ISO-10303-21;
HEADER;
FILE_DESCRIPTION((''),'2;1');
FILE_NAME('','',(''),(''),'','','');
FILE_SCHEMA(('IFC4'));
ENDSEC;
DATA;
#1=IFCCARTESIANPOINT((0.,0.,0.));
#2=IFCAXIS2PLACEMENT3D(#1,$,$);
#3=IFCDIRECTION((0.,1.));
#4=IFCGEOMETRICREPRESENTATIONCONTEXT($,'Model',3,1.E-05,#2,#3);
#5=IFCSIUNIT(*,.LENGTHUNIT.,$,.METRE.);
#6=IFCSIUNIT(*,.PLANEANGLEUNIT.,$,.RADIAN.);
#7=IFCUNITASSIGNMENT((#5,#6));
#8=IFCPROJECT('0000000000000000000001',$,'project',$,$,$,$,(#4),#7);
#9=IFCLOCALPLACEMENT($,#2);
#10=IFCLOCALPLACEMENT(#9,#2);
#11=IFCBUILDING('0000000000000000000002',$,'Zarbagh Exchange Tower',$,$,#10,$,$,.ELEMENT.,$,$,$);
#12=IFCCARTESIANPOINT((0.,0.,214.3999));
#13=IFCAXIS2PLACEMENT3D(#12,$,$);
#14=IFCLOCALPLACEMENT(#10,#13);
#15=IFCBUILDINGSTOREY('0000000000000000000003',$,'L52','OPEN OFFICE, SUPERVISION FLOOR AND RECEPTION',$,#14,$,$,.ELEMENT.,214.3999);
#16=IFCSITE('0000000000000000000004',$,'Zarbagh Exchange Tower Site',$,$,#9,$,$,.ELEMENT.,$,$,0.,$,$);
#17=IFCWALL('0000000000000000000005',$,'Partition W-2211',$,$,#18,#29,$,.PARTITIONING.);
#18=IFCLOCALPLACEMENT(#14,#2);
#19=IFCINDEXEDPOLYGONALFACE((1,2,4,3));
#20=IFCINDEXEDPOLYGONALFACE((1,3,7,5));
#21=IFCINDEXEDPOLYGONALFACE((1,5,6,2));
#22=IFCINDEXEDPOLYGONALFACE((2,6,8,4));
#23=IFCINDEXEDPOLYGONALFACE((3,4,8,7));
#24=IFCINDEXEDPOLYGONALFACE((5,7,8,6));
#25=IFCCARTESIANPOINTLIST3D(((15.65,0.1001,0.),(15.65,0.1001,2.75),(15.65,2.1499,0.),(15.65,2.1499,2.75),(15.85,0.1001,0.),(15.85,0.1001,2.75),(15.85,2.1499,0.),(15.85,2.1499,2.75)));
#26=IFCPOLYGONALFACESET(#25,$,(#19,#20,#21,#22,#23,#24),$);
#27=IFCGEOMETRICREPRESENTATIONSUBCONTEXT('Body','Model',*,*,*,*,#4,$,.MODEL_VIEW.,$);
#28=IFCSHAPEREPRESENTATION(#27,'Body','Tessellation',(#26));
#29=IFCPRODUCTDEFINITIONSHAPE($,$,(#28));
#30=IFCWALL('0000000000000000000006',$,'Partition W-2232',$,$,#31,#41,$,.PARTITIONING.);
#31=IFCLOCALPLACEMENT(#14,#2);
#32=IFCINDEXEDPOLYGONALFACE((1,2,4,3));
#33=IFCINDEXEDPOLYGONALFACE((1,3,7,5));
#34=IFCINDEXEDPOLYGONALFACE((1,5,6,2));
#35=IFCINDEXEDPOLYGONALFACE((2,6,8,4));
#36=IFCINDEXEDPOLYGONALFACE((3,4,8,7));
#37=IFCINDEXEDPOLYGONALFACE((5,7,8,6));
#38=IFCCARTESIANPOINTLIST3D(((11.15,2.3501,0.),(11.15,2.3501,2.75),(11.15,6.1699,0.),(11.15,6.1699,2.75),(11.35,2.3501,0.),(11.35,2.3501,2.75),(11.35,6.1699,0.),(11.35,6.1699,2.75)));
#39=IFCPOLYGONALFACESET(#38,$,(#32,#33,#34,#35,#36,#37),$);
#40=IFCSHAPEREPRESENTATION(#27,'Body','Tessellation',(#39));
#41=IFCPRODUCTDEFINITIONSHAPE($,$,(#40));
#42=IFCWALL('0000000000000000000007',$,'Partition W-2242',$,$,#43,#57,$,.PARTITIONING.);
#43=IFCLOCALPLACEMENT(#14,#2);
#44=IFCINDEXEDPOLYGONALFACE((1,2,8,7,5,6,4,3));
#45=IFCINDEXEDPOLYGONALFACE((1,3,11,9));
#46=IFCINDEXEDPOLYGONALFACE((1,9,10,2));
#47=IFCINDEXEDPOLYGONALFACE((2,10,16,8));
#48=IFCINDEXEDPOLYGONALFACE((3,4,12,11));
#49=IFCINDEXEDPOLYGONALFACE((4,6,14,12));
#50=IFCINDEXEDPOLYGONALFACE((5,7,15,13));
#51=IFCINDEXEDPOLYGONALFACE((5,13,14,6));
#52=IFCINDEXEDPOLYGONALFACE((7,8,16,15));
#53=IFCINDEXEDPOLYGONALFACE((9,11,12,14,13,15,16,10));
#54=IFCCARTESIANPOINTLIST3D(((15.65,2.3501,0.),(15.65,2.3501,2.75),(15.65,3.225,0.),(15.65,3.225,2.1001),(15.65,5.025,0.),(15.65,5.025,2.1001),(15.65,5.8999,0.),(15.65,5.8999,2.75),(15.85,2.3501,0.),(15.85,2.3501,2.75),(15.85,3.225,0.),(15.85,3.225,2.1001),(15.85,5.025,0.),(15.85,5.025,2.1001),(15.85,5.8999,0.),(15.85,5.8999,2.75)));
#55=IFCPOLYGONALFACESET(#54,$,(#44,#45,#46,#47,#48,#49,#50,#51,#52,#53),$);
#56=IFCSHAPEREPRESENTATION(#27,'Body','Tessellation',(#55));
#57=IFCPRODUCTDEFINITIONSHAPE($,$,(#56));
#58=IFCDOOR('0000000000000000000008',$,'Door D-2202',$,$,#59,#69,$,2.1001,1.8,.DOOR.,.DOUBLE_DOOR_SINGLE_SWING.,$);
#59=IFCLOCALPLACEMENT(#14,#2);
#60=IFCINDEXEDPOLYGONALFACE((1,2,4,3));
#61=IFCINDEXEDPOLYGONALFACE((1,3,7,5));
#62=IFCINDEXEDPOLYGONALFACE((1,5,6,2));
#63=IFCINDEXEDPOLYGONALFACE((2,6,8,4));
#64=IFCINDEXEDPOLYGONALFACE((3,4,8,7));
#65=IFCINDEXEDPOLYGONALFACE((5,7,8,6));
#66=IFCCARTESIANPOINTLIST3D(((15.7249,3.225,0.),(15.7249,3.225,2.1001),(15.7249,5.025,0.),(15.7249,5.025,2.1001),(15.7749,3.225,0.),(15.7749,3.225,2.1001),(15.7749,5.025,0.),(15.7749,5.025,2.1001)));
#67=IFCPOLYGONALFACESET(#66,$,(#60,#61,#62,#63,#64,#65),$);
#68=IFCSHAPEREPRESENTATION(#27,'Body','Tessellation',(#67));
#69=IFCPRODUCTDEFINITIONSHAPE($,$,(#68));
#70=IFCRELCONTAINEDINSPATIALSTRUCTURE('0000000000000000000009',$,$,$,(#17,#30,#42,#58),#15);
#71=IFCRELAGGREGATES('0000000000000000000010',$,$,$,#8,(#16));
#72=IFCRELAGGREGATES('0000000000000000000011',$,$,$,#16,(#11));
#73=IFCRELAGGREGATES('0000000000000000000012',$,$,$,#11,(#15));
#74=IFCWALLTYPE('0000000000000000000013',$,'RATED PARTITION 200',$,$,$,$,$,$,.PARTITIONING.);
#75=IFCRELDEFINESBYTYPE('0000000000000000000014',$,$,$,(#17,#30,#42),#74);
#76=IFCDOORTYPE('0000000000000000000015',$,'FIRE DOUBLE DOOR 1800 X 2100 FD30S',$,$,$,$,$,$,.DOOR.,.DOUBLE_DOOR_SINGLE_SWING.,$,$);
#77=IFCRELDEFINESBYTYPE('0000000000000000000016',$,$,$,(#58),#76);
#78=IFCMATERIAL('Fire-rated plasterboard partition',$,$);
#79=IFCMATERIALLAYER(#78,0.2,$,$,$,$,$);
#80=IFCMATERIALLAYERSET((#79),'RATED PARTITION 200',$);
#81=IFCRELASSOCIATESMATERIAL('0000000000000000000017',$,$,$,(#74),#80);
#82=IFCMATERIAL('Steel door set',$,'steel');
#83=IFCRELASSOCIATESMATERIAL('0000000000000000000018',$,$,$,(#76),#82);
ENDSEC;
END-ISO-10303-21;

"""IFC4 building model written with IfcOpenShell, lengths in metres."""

from ifc_helpers import new_model, si_unit, direction, frame, frame_2d, origin, place, context, subcontext, project, spatial, rectangle, extrude, material, layer, layer_set, type_object, element, fill, save


model = new_model("IFC4")

# Units and contexts
model_context = context("Model", 3, precision=1e-05, world=origin(), true_north=direction((0.0, 1.0)))
body_context = subcontext(model_context, "Body", "Model", "MODEL_VIEW")
ifc_project = project(units=[si_unit("LENGTHUNIT", "METRE"), si_unit("PLANEANGLEUNIT", "RADIAN")], contexts=[model_context])

# Site, building, storey
site_placement = place(None, origin())
site = spatial("IfcSite", under=ifc_project, at=site_placement, Name="Zarbagh Exchange Tower Site", CompositionType="ELEMENT", RefElevation=0.0)
building_placement = place(site_placement, origin())
building = spatial("IfcBuilding", under=site, at=building_placement, Name="Zarbagh Exchange Tower", CompositionType="ELEMENT")
storey_placement = place(building_placement, frame((0.0, 0.0, 214.3999)))
storey = spatial("IfcBuildingStorey", under=building, at=storey_placement, Name="L52", Description="OPEN OFFICE, SUPERVISION FLOOR AND RECEPTION", CompositionType="ELEMENT", Elevation=214.3999)

# Shared definitions
ifc_material_1 = material(Name="Fire-rated plasterboard partition")
ifc_layer_1 = layer(ifc_material_1, 0.2)
ifc_layer_set_1 = layer_set([ifc_layer_1], Name="RATED PARTITION 200")
wall_type_1 = type_object("IfcWallType", Name="RATED PARTITION 200", PredefinedType="PARTITIONING", material=ifc_layer_set_1)
ifc_material_2 = material(Name="Steel door set", Category="steel")

# Walls
wall_1_placement = place(storey_placement, frame((15.75, 0.1001, 0.0), z_axis=(0.0, 0.0, 1.0), x_axis=(0.0, 1.0, 0.0)))
element("IfcWall", 1, at=wall_1_placement, inside=storey, type_object=wall_type_1, Name="Partition W-2211", PredefinedType="PARTITIONING", context=body_context, shape_type="SweptSolid", body=[
    extrude(rectangle(XDim=2.0498, YDim=0.2, at=frame_2d((1.0249, 0.0))), origin(), (0.0, 0.0, 1.0), 2.75),
])
wall_2_placement = place(storey_placement, frame((11.25, 2.3501, 0.0), z_axis=(0.0, 0.0, 1.0), x_axis=(0.0, 1.0, 0.0)))
element("IfcWall", 2, at=wall_2_placement, inside=storey, type_object=wall_type_1, Name="Partition W-2232", PredefinedType="PARTITIONING", context=body_context, shape_type="SweptSolid", body=[
    extrude(rectangle(XDim=3.8198, YDim=0.2, at=frame_2d((1.9099, 0.0))), origin(), (0.0, 0.0, 1.0), 2.75),
])

# Wall, opening, door
wall_3_placement = place(storey_placement, frame((15.75, 5.8999, 0.0), z_axis=(0.0, 0.0, 1.0), x_axis=(0.0, -1.0, 0.0)))
wall_3 = element("IfcWall", 3, at=wall_3_placement, inside=storey, type_object=wall_type_1, Name="Partition W-2242", PredefinedType="PARTITIONING", context=body_context, shape_type="SweptSolid", body=[
    extrude(rectangle(XDim=3.5498, YDim=0.2, at=frame_2d((1.7749, 0.0))), origin(), (0.0, 0.0, 1.0), 2.75),
])
opening_1_placement = place(wall_3_placement, frame((0.875, 0.0, 0.0)))
opening_1 = element("IfcOpeningElement", 4, at=opening_1_placement, cuts=wall_3, PredefinedType="OPENING", context=body_context, shape_type="SweptSolid", body=[
    extrude(rectangle(XDim=1.8, YDim=2.1001, at=frame_2d((0.8999, 1.05))), frame((0.0, 0.1099, 0.0), z_axis=(0.0, -1.0, 0.0), x_axis=(1.0, 0.0, 0.0)), (0.0, 0.0, 1.0), 0.22),
])
door_type_1 = type_object("IfcDoorType", Name="FIRE DOUBLE DOOR 1800 X 2100 FD30S", OperationType="DOUBLE_DOOR_SINGLE_SWING", PredefinedType="DOOR", material=ifc_material_2)
door_1_placement = place(opening_1_placement, origin())
door_1 = element("IfcDoor", 5, at=door_1_placement, inside=storey, type_object=door_type_1, Name="Door D-2202", OperationType="DOUBLE_DOOR_SINGLE_SWING", OverallHeight=2.1001, OverallWidth=1.8, PredefinedType="DOOR", context=body_context, shape_type="SweptSolid", body=[
    extrude(rectangle(XDim=1.8, YDim=2.1001, at=frame_2d((0.8999, 1.05))), frame((0.0, 0.0249, 0.0), z_axis=(0.0, -1.0, 0.0), x_axis=(1.0, 0.0, 0.0)), (0.0, 0.0, 1.0), 0.05),
])
fill(opening_1, door_1)

save(model, "model.ifc")
